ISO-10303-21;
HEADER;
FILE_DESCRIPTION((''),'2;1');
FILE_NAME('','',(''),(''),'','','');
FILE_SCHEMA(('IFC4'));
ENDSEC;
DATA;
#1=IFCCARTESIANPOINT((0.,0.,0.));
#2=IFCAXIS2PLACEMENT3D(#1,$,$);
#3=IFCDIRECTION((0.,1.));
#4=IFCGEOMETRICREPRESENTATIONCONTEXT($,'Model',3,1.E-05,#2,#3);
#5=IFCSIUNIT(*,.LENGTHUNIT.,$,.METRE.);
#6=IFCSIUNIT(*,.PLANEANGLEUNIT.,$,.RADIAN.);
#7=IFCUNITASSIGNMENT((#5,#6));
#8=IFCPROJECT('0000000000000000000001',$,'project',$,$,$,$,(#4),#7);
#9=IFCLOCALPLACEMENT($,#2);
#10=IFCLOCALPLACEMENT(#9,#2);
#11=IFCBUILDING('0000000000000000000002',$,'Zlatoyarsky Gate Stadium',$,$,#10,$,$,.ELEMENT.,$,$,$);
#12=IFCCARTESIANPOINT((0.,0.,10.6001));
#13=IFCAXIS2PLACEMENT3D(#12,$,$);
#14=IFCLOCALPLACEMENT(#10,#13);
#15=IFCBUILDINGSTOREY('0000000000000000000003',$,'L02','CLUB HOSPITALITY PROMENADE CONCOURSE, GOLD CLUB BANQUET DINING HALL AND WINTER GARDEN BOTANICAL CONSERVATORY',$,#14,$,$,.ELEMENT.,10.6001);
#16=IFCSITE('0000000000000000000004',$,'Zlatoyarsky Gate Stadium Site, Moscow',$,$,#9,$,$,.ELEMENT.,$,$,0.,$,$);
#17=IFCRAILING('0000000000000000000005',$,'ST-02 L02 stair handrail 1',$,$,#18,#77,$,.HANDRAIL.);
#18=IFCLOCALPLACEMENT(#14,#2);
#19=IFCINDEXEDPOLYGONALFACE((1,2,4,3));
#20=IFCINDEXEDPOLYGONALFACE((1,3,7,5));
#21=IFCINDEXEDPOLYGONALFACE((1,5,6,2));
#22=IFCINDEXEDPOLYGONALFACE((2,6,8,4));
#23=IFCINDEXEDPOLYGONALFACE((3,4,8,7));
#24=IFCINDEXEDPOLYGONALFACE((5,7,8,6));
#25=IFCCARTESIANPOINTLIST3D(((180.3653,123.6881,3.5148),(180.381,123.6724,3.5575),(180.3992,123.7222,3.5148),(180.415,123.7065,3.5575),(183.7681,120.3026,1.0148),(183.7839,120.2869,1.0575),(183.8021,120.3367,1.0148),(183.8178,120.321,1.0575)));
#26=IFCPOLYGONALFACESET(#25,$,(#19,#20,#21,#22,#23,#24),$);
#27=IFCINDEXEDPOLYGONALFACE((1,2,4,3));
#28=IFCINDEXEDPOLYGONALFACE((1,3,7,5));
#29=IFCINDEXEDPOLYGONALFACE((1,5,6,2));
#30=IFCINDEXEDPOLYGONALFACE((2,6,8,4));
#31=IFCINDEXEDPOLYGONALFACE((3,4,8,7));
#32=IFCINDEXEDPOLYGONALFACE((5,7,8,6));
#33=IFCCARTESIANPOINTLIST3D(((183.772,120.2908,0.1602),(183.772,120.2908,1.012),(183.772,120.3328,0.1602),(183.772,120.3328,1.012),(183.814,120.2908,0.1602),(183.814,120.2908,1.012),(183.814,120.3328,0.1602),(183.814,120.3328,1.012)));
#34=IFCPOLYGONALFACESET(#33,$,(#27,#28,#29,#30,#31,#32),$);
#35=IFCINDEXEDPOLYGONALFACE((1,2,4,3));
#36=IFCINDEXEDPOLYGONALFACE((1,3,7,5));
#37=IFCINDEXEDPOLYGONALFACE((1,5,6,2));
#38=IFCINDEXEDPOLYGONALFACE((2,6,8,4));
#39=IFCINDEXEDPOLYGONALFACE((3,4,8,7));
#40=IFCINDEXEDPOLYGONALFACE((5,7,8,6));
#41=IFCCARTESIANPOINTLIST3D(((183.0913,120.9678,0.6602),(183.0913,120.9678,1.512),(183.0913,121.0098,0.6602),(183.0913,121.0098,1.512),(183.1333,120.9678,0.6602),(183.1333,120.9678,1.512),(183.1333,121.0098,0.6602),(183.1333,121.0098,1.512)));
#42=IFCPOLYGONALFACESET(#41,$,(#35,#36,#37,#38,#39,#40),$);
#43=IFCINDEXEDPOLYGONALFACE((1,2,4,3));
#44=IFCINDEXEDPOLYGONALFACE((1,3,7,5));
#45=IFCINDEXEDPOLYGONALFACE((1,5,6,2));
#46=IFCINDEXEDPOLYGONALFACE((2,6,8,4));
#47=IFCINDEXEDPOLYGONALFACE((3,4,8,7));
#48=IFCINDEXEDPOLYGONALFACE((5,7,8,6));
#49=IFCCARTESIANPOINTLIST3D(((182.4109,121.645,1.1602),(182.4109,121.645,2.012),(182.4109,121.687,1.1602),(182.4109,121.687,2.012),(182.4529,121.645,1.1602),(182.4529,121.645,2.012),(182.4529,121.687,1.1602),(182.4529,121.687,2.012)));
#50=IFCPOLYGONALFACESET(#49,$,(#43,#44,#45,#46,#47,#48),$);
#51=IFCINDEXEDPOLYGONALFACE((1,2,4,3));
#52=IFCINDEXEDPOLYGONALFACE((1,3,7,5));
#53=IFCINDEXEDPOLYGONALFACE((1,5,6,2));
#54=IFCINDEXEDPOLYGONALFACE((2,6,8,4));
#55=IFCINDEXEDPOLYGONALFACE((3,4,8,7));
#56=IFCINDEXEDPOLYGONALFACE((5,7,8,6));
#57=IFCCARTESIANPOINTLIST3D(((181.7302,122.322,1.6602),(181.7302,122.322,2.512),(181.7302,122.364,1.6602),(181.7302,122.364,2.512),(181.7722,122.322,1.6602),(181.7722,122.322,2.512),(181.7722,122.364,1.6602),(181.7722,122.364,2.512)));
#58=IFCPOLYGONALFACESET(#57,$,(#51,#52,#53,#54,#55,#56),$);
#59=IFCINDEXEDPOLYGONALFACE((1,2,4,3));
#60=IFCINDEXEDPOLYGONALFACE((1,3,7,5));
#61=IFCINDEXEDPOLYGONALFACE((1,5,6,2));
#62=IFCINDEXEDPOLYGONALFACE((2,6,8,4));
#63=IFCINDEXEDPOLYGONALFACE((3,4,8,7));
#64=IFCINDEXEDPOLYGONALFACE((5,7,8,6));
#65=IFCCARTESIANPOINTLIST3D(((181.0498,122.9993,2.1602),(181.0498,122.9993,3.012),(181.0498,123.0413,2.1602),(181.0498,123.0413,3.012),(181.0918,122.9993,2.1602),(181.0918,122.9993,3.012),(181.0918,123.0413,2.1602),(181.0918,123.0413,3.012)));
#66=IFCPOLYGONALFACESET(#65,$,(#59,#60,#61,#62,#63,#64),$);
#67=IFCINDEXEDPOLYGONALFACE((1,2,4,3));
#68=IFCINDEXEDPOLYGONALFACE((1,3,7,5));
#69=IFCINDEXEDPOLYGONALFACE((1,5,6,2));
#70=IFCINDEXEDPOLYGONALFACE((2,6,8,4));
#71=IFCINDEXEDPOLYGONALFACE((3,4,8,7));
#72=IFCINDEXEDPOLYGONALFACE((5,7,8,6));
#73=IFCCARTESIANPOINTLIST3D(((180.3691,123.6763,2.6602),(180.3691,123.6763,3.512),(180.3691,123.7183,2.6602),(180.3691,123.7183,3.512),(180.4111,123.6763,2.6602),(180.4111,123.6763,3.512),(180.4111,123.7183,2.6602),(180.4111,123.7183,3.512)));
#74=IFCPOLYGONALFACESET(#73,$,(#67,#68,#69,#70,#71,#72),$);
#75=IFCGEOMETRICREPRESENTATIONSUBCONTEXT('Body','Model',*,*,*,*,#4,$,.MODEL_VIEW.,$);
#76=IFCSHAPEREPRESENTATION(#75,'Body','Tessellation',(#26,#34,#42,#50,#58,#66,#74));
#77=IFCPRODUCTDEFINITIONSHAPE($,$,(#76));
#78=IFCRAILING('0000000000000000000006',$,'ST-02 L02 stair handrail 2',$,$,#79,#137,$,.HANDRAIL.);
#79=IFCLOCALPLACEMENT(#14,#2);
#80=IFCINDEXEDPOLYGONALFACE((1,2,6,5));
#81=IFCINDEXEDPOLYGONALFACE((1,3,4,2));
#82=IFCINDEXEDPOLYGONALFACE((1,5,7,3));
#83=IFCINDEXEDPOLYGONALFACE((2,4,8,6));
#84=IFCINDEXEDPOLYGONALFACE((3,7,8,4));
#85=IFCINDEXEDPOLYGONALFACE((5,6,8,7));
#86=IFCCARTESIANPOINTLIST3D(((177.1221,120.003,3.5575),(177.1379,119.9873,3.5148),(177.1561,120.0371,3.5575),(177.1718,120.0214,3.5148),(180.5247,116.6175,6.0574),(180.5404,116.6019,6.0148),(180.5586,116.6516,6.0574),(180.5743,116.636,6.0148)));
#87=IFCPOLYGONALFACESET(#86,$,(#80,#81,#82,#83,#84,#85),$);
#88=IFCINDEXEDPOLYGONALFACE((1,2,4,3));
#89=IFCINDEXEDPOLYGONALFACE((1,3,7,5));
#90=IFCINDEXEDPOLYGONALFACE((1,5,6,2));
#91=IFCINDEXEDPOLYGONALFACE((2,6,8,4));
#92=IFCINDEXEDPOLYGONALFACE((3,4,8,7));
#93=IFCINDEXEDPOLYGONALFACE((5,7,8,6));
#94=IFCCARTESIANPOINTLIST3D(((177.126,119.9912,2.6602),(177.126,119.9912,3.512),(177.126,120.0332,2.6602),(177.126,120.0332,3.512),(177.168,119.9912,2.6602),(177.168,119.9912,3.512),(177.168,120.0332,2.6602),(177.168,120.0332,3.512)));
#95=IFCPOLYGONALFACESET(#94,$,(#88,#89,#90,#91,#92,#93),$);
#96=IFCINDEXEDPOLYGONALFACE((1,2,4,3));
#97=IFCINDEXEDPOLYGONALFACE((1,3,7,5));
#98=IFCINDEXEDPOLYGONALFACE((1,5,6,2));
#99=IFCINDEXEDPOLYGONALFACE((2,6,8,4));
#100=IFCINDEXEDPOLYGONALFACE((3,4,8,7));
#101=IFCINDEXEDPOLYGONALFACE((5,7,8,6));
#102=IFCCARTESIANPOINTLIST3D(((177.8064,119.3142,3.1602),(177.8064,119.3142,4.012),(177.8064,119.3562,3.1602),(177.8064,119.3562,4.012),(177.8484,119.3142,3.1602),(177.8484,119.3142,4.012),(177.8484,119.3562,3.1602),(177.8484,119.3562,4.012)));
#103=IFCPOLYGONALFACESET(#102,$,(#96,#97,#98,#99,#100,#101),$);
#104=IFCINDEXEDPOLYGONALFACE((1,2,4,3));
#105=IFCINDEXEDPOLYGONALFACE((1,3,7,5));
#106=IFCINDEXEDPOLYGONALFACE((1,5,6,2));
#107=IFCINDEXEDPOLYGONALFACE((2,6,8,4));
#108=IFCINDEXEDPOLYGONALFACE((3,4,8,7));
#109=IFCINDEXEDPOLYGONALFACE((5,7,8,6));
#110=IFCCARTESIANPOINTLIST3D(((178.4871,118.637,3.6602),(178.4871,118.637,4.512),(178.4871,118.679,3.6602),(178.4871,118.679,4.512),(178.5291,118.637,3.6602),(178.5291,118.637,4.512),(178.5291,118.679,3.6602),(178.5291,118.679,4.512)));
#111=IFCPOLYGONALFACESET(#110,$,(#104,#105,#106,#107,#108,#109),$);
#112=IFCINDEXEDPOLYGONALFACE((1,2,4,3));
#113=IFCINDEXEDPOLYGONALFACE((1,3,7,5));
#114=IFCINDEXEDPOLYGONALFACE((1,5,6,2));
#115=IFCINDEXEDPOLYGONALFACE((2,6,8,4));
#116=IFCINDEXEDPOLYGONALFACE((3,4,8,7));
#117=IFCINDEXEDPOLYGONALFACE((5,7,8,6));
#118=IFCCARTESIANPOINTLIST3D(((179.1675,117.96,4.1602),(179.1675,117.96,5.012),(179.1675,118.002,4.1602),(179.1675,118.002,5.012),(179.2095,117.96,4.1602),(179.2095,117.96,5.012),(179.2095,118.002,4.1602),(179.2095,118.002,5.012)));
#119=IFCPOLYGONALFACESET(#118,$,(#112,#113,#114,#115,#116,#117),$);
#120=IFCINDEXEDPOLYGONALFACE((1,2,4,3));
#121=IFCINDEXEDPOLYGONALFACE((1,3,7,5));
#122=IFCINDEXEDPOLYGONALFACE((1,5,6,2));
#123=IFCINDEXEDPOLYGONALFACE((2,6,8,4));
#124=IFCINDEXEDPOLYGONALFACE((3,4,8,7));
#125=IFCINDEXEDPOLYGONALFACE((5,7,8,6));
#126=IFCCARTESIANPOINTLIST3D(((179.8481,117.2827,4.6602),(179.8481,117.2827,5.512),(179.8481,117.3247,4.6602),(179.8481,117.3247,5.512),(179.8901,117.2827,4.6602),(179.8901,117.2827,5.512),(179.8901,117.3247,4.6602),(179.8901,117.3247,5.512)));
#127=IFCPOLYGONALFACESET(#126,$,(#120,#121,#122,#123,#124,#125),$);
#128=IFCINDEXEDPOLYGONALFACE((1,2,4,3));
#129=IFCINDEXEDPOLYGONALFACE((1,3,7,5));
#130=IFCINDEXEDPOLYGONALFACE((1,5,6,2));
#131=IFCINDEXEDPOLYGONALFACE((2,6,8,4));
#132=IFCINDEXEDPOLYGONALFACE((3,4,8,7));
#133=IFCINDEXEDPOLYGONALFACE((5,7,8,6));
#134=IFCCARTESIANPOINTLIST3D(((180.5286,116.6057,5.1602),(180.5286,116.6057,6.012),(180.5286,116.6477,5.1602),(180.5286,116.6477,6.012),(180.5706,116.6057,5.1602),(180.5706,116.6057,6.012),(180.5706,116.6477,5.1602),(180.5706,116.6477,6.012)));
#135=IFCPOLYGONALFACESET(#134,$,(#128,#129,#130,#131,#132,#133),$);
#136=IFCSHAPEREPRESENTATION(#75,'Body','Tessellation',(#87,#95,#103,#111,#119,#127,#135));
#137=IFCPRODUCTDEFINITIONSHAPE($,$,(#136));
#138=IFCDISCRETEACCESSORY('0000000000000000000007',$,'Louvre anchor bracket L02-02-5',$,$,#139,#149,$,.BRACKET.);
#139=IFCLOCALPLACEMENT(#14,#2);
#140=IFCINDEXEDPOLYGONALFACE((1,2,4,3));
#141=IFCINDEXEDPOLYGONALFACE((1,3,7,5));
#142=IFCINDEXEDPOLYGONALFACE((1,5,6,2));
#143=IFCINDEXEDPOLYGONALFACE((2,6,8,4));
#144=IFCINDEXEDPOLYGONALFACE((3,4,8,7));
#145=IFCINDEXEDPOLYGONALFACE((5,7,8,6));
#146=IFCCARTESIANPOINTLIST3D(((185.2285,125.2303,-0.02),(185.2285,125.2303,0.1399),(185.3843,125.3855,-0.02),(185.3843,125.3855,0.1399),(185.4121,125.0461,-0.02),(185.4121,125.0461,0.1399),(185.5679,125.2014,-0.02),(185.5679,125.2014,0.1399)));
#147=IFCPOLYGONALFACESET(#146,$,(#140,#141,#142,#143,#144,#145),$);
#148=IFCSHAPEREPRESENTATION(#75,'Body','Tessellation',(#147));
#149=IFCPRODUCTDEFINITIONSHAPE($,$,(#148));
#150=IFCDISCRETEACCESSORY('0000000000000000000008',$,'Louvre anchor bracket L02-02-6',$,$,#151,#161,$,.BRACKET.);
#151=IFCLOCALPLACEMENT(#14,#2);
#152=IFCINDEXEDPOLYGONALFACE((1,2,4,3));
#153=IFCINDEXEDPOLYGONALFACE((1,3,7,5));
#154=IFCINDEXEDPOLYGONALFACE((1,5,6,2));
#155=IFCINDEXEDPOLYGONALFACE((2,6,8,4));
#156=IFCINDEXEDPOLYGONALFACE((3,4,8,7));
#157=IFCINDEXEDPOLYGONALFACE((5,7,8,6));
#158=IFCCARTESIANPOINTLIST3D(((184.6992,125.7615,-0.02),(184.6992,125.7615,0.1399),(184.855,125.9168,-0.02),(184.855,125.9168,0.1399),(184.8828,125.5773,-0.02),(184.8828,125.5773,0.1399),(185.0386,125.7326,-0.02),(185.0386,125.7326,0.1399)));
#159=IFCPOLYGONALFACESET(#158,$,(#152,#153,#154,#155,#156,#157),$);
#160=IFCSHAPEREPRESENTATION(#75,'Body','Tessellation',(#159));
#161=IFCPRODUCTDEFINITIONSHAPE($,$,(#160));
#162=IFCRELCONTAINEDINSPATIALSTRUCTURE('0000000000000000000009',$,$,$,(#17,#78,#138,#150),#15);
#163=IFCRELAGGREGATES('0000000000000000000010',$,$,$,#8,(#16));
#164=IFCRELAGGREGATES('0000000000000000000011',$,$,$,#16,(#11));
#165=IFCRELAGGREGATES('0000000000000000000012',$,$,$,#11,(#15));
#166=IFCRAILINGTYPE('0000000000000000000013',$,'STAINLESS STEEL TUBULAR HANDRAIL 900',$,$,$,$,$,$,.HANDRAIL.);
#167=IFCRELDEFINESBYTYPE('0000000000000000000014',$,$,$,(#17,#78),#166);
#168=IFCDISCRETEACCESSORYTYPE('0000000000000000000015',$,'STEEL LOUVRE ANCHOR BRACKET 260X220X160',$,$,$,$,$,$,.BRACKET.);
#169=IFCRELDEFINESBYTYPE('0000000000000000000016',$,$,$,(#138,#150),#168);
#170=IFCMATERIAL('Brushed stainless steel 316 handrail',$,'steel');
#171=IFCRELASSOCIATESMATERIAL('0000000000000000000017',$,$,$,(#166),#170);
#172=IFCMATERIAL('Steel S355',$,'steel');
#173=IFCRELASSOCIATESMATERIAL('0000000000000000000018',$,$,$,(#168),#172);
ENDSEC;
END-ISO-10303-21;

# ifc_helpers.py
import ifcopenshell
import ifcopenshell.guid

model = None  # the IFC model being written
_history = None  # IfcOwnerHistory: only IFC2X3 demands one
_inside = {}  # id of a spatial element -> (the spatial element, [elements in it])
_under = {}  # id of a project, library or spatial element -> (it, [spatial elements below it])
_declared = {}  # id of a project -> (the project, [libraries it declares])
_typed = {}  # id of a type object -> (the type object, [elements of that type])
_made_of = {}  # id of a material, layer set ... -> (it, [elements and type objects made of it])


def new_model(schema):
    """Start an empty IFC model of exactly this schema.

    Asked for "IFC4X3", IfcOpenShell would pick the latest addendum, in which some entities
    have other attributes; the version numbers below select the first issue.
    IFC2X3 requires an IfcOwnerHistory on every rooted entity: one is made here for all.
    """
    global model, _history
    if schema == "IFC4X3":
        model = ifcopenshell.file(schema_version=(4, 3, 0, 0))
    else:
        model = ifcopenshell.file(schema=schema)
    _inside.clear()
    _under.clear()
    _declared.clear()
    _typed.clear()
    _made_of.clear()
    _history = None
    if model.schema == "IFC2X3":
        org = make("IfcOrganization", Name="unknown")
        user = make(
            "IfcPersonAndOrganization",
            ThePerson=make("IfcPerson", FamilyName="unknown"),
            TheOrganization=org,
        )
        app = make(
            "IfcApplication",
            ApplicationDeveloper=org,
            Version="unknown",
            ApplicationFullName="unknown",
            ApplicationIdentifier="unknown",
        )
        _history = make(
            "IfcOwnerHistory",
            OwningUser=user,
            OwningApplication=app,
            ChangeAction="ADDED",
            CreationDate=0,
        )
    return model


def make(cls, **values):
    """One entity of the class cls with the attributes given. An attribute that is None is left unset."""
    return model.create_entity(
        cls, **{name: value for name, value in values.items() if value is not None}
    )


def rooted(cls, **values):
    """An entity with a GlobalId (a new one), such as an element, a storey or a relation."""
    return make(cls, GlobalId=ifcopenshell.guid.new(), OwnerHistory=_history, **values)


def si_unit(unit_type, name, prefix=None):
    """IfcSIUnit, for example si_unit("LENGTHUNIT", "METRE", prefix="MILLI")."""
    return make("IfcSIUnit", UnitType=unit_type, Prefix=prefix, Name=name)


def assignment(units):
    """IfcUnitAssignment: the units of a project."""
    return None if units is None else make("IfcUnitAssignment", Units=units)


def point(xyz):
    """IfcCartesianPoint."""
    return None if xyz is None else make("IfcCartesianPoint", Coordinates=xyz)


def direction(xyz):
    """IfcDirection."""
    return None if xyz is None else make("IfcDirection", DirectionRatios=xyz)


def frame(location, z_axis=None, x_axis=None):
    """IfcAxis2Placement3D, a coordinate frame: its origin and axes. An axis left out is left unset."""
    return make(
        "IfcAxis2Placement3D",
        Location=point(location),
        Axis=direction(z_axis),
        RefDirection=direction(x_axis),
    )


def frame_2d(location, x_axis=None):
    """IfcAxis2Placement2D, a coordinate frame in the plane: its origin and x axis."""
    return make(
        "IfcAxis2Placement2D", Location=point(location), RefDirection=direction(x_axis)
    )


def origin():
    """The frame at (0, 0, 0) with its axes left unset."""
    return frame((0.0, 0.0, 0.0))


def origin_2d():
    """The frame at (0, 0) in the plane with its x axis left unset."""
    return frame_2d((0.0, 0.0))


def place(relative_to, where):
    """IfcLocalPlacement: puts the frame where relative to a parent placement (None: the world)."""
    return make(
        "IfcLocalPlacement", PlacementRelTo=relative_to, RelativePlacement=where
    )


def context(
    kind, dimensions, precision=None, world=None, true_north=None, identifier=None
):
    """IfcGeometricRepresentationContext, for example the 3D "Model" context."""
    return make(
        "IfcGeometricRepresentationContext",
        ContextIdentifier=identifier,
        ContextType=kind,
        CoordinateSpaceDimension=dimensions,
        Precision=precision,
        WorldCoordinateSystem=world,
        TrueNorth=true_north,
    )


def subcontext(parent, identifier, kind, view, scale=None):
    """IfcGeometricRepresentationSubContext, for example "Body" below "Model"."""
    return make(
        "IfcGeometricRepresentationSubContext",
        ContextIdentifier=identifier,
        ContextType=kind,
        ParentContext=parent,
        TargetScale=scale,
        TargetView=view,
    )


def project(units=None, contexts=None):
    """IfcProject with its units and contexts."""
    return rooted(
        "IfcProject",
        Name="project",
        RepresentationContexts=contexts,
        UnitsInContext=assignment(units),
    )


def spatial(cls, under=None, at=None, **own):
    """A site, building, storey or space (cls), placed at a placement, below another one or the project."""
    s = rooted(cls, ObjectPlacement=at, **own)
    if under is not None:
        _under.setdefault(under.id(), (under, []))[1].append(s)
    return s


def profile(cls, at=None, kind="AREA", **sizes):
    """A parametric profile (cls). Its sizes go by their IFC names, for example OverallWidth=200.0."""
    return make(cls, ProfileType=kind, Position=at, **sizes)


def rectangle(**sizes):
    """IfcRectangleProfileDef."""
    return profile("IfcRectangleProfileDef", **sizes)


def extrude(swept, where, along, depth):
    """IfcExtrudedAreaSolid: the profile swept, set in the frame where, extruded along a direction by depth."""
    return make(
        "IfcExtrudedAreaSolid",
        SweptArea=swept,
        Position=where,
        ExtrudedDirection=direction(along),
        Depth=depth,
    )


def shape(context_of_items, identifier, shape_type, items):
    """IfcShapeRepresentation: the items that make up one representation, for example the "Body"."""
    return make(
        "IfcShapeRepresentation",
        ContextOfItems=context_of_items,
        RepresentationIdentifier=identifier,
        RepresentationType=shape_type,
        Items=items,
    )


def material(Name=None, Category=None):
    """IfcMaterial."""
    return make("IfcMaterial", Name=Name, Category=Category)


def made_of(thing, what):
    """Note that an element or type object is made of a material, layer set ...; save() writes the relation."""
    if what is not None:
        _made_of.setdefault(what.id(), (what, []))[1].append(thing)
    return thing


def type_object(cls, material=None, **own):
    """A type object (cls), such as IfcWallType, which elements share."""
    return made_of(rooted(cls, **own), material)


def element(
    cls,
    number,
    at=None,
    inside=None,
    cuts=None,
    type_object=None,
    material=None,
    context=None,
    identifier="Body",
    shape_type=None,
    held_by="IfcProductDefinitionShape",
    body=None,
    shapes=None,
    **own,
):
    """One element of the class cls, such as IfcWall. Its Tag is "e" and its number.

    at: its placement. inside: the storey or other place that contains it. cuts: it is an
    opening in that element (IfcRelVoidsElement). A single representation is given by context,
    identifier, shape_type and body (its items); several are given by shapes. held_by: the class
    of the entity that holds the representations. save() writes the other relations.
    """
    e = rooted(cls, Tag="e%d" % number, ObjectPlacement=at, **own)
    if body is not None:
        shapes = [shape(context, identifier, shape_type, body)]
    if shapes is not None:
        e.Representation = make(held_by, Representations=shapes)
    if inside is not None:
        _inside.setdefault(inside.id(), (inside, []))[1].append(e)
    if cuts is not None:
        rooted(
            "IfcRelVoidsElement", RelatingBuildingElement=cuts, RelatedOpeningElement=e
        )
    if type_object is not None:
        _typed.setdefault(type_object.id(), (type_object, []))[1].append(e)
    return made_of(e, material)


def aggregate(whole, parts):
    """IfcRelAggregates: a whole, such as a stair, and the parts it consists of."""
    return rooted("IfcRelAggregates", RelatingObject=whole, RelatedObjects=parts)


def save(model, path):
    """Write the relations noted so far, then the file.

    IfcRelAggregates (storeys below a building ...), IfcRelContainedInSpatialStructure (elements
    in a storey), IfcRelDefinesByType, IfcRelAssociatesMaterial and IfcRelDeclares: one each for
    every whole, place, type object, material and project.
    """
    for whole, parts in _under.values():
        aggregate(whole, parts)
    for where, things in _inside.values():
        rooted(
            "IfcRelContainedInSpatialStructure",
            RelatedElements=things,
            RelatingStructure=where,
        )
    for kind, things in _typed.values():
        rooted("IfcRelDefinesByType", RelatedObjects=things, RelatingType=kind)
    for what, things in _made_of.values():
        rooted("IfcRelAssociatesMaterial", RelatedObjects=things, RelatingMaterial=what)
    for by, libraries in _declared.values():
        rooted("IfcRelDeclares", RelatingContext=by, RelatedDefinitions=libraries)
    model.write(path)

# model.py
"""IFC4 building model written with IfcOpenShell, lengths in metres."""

from ifc_helpers import new_model, si_unit, direction, frame, origin, origin_2d, place, context, subcontext, project, spatial, rectangle, extrude, material, type_object, element, save


model = new_model("IFC4")

# Units and contexts
model_context = context("Model", 3, precision=1e-05, world=origin(), true_north=direction((0.0, 1.0)))
body_context = subcontext(model_context, "Body", "Model", "MODEL_VIEW")
ifc_project = project(units=[si_unit("LENGTHUNIT", "METRE"), si_unit("PLANEANGLEUNIT", "RADIAN")], contexts=[model_context])

# Site, building, storey
site_placement = place(None, origin())
site = spatial("IfcSite", under=ifc_project, at=site_placement, Name="Zlatoyarsky Gate Stadium Site, Moscow", CompositionType="ELEMENT", RefElevation=0.0)
building_placement = place(site_placement, origin())
building = spatial("IfcBuilding", under=site, at=building_placement, Name="Zlatoyarsky Gate Stadium", CompositionType="ELEMENT")
storey_placement = place(building_placement, frame((0.0, 0.0, 10.6001)))
storey = spatial("IfcBuildingStorey", under=building, at=storey_placement, Name="L02", Description="CLUB HOSPITALITY PROMENADE CONCOURSE, GOLD CLUB BANQUET DINING HALL AND WINTER GARDEN BOTANICAL CONSERVATORY", CompositionType="ELEMENT", Elevation=10.6001)

# Railings
ifc_material_1 = material(Name="Brushed stainless steel 316 handrail", Category="steel")
railing_type_1 = type_object("IfcRailingType", Name="STAINLESS STEEL TUBULAR HANDRAIL 900", PredefinedType="HANDRAIL", material=ifc_material_1)
railing_1_placement = place(storey_placement, frame((183.793, 120.3118, 0.1602)))
element("IfcRailing", 1, at=railing_1_placement, inside=storey, type_object=railing_type_1, Name="ST-02 L02 stair handrail 1", PredefinedType="HANDRAIL", context=body_context, shape_type="SweptSolid", body=[
    extrude(rectangle(XDim=0.0481, YDim=0.0481, at=origin_2d()), frame((0.0, 0.0, 0.876), z_axis=(-0.628745, 0.625542, 0.461928), x_axis=(-0.705299, -0.70891, 0.0)), (0.0, 0.0, 1.0), 5.4121),
    extrude(rectangle(XDim=0.042, YDim=0.042, at=origin_2d()), origin(), (0.0, 0.0, 1.0), 0.8518),
    extrude(rectangle(XDim=0.042, YDim=0.042, at=origin_2d()), frame((-0.6807, 0.677, 0.5)), (0.0, 0.0, 1.0), 0.8518),
    extrude(rectangle(XDim=0.042, YDim=0.042, at=origin_2d()), frame((-1.3611, 1.3542, 1.0)), (0.0, 0.0, 1.0), 0.8518),
    extrude(rectangle(XDim=0.042, YDim=0.042, at=origin_2d()), frame((-2.0417, 2.0312, 1.5)), (0.0, 0.0, 1.0), 0.8518),
    extrude(rectangle(XDim=0.042, YDim=0.042, at=origin_2d()), frame((-2.7222, 2.7085, 2.0)), (0.0, 0.0, 1.0), 0.8518),
    extrude(rectangle(XDim=0.042, YDim=0.042, at=origin_2d()), frame((-3.4028, 3.3855, 2.5)), (0.0, 0.0, 1.0), 0.8518),
])
railing_2_placement = place(storey_placement, frame((177.147, 120.0122, 2.6602)))
element("IfcRailing", 2, at=railing_2_placement, inside=storey, type_object=railing_type_1, Name="ST-02 L02 stair handrail 2", PredefinedType="HANDRAIL", context=body_context, shape_type="SweptSolid", body=[
    extrude(rectangle(XDim=0.0481, YDim=0.0481, at=origin_2d()), frame((0.0, 0.0, 0.876), z_axis=(0.628718, -0.62556, 0.461941), x_axis=(0.705324, 0.708885, 0.0)), (0.0, 0.0, 1.0), 5.4119),
    extrude(rectangle(XDim=0.042, YDim=0.042, at=origin_2d()), origin(), (0.0, 0.0, 1.0), 0.8518),
    extrude(rectangle(XDim=0.042, YDim=0.042, at=origin_2d()), frame((0.6804, -0.677, 0.5)), (0.0, 0.0, 1.0), 0.8518),
    extrude(rectangle(XDim=0.042, YDim=0.042, at=origin_2d()), frame((1.3611, -1.3542, 1.0)), (0.0, 0.0, 1.0), 0.8518),
    extrude(rectangle(XDim=0.042, YDim=0.042, at=origin_2d()), frame((2.0415, -2.0312, 1.5)), (0.0, 0.0, 1.0), 0.8518),
    extrude(rectangle(XDim=0.042, YDim=0.042, at=origin_2d()), frame((2.7222, -2.7085, 2.0)), (0.0, 0.0, 1.0), 0.8518),
    extrude(rectangle(XDim=0.042, YDim=0.042, at=origin_2d()), frame((3.4026, -3.3855, 2.5)), (0.0, 0.0, 1.0), 0.8518),
])

# Discrete accessories
ifc_material_2 = material(Name="Steel S355", Category="steel")
discrete_accessory_type = type_object("IfcDiscreteAccessoryType", Name="STEEL LOUVRE ANCHOR BRACKET 260X220X160", PredefinedType="BRACKET", material=ifc_material_2)
for number, where, z_axis, x_axis, name in (
    (3, (185.3982, 125.2158, -0.02), (0.0, 0.0, 1.0), (-0.705937, 0.708274, 0.0), "Louvre anchor bracket L02-02-5"),
    (4, (184.8689, 125.7471, -0.02), (0.0, 0.0, 1.0), (-0.705937, 0.708274, 0.0), "Louvre anchor bracket L02-02-6"),
):
    element("IfcDiscreteAccessory", number, at=place(storey_placement, frame(where, z_axis=z_axis, x_axis=x_axis)), inside=storey, type_object=discrete_accessory_type, Name=name, PredefinedType="BRACKET", context=body_context, shape_type="SweptSolid", body=[
        extrude(rectangle(XDim=0.26, YDim=0.22, at=origin_2d()), origin(), (0.0, 0.0, 1.0), 0.1599),
    ])

save(model, "model.ifc")
